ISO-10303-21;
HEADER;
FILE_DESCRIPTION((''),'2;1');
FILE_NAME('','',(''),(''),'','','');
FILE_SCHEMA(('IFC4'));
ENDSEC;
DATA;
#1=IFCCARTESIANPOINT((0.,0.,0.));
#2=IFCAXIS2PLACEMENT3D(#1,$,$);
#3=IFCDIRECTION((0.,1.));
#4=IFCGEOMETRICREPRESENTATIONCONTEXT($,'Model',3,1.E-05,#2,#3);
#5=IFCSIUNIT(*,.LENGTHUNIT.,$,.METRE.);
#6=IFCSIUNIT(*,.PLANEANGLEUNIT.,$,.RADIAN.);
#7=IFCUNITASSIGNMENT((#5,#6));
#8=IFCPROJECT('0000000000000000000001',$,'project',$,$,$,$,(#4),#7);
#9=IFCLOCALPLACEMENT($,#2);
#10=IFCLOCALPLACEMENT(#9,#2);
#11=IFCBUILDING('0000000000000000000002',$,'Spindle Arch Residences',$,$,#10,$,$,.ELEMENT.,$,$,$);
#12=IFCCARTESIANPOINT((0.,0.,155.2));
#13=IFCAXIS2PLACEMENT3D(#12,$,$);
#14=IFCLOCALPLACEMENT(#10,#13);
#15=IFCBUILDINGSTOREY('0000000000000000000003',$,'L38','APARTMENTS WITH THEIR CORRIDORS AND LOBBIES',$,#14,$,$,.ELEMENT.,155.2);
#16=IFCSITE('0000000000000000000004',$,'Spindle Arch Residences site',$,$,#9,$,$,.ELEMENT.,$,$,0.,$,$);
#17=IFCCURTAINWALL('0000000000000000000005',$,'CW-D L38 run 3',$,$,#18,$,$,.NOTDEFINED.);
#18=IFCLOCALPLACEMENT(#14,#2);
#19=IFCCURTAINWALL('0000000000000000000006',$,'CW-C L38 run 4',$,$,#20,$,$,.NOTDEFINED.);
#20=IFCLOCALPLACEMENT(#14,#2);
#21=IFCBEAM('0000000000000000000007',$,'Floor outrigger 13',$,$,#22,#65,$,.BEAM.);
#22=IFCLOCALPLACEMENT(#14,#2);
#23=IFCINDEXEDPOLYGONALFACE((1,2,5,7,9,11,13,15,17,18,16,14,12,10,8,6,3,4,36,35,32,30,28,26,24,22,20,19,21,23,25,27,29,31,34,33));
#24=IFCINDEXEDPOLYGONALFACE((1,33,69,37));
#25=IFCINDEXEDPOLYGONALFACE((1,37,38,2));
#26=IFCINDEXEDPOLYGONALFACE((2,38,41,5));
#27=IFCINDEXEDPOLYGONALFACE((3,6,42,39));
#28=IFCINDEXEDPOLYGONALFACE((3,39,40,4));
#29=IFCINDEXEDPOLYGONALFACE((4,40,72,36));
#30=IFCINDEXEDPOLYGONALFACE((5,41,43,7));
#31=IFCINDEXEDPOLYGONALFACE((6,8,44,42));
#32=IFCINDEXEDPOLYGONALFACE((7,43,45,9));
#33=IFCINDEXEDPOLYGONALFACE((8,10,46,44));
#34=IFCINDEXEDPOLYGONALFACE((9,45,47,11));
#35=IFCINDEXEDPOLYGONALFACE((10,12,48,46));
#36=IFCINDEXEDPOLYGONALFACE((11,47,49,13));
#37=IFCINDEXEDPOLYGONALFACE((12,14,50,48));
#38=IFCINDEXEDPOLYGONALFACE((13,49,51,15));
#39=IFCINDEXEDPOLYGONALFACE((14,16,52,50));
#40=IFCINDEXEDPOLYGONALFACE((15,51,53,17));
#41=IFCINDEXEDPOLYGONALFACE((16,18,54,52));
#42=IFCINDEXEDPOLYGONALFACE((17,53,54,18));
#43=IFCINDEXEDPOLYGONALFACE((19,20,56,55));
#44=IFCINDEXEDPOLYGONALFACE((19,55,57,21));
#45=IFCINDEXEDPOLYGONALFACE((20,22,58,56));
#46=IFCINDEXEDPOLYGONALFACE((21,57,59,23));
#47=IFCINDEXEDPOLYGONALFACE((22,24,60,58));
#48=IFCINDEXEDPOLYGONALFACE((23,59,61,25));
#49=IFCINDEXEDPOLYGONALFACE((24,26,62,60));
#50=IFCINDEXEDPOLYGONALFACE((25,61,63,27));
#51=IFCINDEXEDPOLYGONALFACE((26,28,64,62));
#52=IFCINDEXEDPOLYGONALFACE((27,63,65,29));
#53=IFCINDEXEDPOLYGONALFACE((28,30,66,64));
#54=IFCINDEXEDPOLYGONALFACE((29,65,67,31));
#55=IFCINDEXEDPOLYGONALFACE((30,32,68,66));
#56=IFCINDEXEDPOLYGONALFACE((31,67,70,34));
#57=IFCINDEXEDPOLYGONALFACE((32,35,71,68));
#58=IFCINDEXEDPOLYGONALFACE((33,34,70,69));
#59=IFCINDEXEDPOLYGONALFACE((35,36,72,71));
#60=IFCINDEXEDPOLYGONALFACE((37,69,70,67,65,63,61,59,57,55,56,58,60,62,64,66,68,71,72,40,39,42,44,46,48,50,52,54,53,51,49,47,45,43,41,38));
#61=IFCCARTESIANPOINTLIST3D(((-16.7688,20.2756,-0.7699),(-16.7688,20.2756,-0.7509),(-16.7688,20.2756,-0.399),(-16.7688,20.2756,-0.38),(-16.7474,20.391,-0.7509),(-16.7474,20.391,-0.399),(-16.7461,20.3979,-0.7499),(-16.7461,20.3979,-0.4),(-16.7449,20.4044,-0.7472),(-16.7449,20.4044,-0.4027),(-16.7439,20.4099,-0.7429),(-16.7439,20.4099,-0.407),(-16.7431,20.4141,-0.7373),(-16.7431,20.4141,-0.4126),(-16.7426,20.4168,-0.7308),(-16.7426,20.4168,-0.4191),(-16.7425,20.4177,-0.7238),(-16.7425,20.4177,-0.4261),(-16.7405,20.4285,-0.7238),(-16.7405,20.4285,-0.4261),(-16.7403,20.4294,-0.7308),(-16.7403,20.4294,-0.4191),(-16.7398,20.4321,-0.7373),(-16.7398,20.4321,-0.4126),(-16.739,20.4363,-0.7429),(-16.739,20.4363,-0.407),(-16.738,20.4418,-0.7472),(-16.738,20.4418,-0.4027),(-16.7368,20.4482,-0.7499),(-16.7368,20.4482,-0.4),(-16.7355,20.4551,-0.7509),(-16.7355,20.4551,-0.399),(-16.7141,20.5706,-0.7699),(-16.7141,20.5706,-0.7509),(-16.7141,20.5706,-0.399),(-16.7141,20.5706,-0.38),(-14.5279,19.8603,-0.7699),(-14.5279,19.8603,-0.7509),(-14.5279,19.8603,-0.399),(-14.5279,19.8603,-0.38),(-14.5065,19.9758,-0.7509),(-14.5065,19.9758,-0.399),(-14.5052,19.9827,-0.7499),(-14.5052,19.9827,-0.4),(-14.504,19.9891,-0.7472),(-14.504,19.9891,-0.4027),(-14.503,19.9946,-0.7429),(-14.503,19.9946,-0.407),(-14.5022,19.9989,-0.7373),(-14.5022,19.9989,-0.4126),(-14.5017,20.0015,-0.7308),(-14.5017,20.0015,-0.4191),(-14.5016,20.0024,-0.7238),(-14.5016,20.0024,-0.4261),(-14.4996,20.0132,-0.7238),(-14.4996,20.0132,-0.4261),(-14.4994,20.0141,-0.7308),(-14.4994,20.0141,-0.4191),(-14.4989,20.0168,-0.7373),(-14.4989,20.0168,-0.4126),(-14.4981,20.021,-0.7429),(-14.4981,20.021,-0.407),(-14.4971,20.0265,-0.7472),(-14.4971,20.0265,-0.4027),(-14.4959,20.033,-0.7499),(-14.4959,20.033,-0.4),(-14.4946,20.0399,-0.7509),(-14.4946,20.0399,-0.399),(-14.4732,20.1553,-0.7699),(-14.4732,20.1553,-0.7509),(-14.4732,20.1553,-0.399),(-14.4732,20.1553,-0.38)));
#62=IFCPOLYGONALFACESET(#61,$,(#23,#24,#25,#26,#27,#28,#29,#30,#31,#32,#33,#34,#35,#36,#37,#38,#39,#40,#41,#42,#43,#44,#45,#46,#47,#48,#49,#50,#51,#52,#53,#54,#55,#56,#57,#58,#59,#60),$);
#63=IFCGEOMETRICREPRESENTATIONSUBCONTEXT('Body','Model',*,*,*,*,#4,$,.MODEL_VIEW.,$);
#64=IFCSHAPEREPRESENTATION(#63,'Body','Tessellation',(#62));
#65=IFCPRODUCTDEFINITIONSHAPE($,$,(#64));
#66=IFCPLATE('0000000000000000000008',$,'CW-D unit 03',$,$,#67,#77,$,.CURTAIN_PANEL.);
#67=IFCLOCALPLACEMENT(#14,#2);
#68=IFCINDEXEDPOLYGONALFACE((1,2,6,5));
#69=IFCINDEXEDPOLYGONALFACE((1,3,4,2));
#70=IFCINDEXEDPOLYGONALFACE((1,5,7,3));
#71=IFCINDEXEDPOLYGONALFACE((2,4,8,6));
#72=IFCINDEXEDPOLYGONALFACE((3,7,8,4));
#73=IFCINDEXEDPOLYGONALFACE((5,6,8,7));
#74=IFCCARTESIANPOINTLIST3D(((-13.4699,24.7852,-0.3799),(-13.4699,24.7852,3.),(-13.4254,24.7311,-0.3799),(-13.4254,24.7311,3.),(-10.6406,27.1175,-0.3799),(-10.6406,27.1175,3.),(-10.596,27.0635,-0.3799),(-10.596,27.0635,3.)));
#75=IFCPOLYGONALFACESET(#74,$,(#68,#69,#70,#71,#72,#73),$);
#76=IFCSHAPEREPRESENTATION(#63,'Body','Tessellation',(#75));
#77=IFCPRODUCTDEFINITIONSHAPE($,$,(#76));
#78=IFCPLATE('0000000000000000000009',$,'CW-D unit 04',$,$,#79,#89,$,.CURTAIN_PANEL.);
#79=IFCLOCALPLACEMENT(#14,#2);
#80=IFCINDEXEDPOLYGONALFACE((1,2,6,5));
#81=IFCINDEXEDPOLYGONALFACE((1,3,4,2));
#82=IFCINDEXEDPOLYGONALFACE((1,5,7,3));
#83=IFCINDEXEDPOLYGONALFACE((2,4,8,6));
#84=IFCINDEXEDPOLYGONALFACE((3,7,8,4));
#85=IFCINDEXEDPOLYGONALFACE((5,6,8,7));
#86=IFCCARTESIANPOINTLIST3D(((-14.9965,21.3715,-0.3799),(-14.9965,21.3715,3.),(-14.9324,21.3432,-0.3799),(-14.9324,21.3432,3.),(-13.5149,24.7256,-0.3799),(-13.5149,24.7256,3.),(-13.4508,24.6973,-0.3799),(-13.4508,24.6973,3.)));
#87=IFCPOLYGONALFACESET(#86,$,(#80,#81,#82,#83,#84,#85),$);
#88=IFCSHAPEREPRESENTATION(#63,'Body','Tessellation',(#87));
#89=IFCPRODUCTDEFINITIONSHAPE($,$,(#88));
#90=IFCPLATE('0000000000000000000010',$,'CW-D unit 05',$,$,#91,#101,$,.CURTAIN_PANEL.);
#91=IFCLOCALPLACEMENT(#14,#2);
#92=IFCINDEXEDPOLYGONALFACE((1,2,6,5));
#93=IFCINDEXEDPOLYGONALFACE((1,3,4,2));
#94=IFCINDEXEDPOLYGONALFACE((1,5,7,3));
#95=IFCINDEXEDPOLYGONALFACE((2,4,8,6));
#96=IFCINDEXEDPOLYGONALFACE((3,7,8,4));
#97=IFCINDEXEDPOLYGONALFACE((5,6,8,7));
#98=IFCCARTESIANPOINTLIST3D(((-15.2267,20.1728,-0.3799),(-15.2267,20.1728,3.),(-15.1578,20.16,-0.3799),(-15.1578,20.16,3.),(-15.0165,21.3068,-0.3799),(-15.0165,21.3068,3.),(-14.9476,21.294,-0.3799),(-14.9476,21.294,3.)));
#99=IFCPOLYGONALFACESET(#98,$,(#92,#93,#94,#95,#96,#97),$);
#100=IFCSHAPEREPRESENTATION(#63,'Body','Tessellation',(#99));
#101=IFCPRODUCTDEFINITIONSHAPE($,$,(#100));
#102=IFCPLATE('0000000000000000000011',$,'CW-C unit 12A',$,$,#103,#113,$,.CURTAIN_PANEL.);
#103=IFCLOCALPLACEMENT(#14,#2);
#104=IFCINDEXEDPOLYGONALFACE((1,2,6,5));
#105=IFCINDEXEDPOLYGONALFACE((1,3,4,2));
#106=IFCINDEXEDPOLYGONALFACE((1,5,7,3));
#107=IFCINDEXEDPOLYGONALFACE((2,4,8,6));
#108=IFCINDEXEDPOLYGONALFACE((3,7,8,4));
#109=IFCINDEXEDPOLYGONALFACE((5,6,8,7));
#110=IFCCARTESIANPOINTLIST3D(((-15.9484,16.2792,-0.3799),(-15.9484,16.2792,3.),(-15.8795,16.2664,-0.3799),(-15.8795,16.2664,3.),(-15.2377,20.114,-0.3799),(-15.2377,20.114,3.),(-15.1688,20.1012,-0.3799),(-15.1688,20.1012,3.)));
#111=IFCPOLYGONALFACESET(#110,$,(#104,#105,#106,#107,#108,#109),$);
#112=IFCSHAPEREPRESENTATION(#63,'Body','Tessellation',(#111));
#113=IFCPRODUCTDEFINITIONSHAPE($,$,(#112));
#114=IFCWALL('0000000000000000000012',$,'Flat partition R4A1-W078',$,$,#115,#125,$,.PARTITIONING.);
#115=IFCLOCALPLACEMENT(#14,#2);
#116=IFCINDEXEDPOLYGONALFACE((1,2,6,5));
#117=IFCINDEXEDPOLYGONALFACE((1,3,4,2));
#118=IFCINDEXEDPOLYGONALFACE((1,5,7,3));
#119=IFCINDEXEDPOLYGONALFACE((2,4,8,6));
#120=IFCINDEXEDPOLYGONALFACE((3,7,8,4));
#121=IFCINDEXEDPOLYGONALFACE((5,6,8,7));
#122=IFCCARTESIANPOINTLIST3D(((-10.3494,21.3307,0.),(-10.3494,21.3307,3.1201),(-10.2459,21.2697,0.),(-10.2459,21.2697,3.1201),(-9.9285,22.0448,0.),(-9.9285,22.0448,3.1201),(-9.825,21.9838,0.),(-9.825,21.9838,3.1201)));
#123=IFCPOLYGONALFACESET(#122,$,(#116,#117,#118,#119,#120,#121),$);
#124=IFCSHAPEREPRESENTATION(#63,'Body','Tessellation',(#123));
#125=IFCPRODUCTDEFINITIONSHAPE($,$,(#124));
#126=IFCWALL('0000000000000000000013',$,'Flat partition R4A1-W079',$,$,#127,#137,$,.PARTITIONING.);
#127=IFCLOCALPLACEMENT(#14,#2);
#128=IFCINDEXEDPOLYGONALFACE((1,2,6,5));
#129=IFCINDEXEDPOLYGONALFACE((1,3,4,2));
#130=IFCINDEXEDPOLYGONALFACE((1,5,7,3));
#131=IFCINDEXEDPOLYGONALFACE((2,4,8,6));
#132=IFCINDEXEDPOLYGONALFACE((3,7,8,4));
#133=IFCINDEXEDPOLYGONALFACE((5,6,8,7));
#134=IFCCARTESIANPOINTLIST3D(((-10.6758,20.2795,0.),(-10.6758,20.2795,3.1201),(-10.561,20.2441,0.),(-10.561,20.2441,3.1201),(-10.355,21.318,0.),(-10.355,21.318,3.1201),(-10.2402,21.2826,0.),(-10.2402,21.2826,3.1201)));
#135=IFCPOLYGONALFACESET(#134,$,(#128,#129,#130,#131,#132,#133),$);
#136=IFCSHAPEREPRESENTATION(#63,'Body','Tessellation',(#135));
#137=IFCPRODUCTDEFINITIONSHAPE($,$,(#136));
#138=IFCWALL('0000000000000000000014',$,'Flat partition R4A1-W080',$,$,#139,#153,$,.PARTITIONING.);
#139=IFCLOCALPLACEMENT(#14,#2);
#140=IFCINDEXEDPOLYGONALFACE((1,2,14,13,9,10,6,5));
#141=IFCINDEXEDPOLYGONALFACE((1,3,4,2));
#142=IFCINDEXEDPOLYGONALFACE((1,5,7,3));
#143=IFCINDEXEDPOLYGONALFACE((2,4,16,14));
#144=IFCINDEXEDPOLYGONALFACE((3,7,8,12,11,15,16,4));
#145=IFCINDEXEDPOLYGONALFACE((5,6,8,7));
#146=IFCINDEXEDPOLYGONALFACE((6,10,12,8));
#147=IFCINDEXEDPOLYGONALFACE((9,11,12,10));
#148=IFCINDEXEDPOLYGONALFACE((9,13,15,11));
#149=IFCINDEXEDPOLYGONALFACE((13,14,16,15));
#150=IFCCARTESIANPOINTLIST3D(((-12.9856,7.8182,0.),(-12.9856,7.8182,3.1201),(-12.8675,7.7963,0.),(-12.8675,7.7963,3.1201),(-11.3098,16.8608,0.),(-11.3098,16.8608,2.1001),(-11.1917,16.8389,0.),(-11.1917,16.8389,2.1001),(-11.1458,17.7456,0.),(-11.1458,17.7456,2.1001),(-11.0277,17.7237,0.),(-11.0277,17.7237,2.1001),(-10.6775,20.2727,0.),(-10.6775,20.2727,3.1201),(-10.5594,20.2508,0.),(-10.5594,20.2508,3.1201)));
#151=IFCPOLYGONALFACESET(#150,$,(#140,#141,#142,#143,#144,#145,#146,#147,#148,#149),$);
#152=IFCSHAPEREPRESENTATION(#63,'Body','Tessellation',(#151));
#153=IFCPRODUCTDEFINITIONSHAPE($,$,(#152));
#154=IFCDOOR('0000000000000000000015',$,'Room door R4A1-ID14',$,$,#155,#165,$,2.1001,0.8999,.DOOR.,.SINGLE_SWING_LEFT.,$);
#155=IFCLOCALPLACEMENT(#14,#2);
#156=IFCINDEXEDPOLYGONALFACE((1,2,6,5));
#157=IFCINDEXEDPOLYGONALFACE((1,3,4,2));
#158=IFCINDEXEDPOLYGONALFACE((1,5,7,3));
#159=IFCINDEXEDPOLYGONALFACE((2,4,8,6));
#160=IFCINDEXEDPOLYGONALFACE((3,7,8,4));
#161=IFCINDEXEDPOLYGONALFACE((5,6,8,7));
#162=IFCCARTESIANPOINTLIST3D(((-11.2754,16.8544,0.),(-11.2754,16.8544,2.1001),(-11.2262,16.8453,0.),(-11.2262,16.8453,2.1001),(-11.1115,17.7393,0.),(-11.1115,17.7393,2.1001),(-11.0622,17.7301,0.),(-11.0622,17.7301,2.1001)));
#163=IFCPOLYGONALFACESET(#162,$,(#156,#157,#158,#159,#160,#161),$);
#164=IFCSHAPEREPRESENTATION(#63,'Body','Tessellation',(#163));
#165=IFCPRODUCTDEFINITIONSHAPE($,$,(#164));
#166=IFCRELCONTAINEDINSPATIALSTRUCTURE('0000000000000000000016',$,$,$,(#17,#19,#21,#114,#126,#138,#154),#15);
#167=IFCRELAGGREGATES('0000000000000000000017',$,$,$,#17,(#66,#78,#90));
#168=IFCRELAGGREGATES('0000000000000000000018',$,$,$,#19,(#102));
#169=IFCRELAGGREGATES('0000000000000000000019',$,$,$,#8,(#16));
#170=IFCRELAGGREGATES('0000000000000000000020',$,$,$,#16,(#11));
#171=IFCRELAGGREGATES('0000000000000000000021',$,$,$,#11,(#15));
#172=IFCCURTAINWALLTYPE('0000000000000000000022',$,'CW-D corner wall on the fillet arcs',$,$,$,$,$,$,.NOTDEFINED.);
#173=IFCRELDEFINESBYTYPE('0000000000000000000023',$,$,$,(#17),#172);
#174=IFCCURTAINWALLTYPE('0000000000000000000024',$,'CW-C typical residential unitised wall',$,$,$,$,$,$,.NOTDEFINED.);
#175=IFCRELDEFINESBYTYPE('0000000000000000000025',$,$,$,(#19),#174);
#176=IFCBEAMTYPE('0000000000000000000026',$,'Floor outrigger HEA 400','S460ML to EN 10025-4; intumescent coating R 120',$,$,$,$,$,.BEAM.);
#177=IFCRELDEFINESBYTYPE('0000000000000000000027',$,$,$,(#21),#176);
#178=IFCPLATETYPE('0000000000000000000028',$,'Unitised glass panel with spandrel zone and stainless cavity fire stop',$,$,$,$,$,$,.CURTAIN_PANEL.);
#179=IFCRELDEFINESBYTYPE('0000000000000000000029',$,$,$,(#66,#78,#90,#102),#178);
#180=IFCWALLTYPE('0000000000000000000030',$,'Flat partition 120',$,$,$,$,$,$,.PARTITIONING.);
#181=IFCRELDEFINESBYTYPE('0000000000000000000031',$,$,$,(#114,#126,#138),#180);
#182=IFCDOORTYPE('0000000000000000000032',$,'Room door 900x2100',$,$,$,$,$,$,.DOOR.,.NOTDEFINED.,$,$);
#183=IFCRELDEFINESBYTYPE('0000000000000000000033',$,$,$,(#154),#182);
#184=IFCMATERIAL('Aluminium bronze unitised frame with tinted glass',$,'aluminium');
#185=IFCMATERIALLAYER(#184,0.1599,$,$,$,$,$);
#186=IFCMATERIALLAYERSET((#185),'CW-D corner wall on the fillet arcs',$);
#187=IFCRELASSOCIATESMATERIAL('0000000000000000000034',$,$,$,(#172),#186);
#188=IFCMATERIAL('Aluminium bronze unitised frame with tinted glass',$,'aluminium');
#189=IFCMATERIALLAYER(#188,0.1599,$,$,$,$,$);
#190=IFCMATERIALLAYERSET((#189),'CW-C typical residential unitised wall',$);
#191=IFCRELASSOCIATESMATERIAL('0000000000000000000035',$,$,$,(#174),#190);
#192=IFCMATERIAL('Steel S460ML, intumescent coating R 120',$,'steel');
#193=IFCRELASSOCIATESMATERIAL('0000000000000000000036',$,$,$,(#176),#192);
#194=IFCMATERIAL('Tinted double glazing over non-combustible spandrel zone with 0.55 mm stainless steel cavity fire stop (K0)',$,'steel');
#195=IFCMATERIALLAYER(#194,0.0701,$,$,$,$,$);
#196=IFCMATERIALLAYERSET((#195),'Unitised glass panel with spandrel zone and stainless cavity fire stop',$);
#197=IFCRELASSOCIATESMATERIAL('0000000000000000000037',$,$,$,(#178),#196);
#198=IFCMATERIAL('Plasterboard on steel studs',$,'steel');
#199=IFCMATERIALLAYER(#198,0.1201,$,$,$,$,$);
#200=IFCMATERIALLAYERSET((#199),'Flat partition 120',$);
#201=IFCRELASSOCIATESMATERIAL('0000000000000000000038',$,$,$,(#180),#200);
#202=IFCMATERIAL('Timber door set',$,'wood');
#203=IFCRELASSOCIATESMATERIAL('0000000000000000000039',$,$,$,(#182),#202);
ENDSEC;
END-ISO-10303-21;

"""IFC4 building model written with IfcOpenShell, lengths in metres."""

from ifc_helpers import new_model, si_unit, direction, frame, frame_2d, origin, origin_2d, place, context, subcontext, project, spatial, rectangle, i_section, extrude, material, layer, layer_set, material_profile, profile_set, type_object, element, fill, aggregate, save


model = new_model("IFC4")

# Units and contexts
model_context = context("Model", 3, precision=1e-05, world=origin(), true_north=direction((0.0, 1.0)))
body_context = subcontext(model_context, "Body", "Model", "MODEL_VIEW")
ifc_project = project(units=[si_unit("LENGTHUNIT", "METRE"), si_unit("PLANEANGLEUNIT", "RADIAN")], contexts=[model_context])

# Site, building, storey
site_placement = place(None, origin())
site = spatial("IfcSite", under=ifc_project, at=site_placement, Name="Spindle Arch Residences site", CompositionType="ELEMENT", RefElevation=0.0)
building_placement = place(site_placement, origin())
building = spatial("IfcBuilding", under=site, at=building_placement, Name="Spindle Arch Residences", CompositionType="ELEMENT")
storey_placement = place(building_placement, frame((0.0, 0.0, 155.2)))
storey = spatial("IfcBuildingStorey", under=building, at=storey_placement, Name="L38", Description="APARTMENTS WITH THEIR CORRIDORS AND LOBBIES", CompositionType="ELEMENT", Elevation=155.2)

# Curtain wall
ifc_material_1 = material(Name="Aluminium bronze unitised frame with tinted glass", Category="aluminium")
ifc_layer_1 = layer(ifc_material_1, 0.1599)
ifc_layer_set_1 = layer_set([ifc_layer_1], Name="CW-D corner wall on the fillet arcs")
curtain_wall_type_1 = type_object("IfcCurtainWallType", Name="CW-D corner wall on the fillet arcs", PredefinedType="NOTDEFINED", material=ifc_layer_set_1)
curtain_wall_1_placement = place(storey_placement, origin())
curtain_wall_1 = element("IfcCurtainWall", 1, at=curtain_wall_1_placement, inside=storey, type_object=curtain_wall_type_1, Name="CW-D L38 run 3", PredefinedType="NOTDEFINED")

# Curtain wall
ifc_material_2 = material(Name="Aluminium bronze unitised frame with tinted glass", Category="aluminium")
ifc_layer_2 = layer(ifc_material_2, 0.1599)
ifc_layer_set_2 = layer_set([ifc_layer_2], Name="CW-C typical residential unitised wall")
curtain_wall_type_2 = type_object("IfcCurtainWallType", Name="CW-C typical residential unitised wall", PredefinedType="NOTDEFINED", material=ifc_layer_set_2)
curtain_wall_2_placement = place(storey_placement, origin())
curtain_wall_2 = element("IfcCurtainWall", 2, at=curtain_wall_2_placement, inside=storey, type_object=curtain_wall_type_2, Name="CW-C L38 run 4", PredefinedType="NOTDEFINED")

# Beam
ifc_material_3 = material(Name="Steel S460ML, intumescent coating R 120", Category="steel")
ifc_material_profile_1 = material_profile(ifc_material_3, i_section(OverallWidth=0.3, OverallDepth=0.3899, WebThickness=0.011, FlangeThickness=0.019, FilletRadius=0.0271, at=origin_2d()), Name="HEA 400")
ifc_profile_set_1 = profile_set([ifc_material_profile_1], Name="Steel S460ML, intumescent coating R 120")
beam_type_1 = type_object("IfcBeamType", Name="Floor outrigger HEA 400", Description="S460ML to EN 10025-4; intumescent coating R 120", PredefinedType="BEAM", material=ifc_profile_set_1)
beam_1_placement = place(storey_placement, frame((-16.7415, 20.4231, -0.575), z_axis=(0.983259, -0.182212, 0.0), x_axis=(0.182212, 0.983259, 0.0)))
element("IfcBeam", 3, at=beam_1_placement, inside=storey, type_object=beam_type_1, Name="Floor outrigger 13", PredefinedType="BEAM", context=body_context, shape_type="SweptSolid", body=[
    extrude(i_section(OverallWidth=0.3, OverallDepth=0.3899, WebThickness=0.011, FlangeThickness=0.019, FilletRadius=0.0271, at=origin_2d()), origin(), (0.0, 0.0, 1.0), 2.2791),
])

# Plates
ifc_material_4 = material(Name="Tinted double glazing over non-combustible spandrel zone with 0.55 mm stainless steel cavity fire stop (K0)", Category="steel")
ifc_layer_3 = layer(ifc_material_4, 0.0701)
ifc_layer_set_3 = layer_set([ifc_layer_3], Name="Unitised glass panel with spandrel zone and stainless cavity fire stop")
plate_type = type_object("IfcPlateType", Name="Unitised glass panel with spandrel zone and stainless cavity fire stop", PredefinedType="CURTAIN_PANEL", material=ifc_layer_set_3)
plate_1_placement = place(storey_placement, frame((-12.033, 25.9243, -0.3799), z_axis=(0.0, 0.0, 1.0), x_axis=(-0.771625, -0.636078, 0.0)))
plate_1 = element("IfcPlate", 4, at=plate_1_placement, type_object=plate_type, Name="CW-D unit 03", PredefinedType="CURTAIN_PANEL", context=body_context, shape_type="SweptSolid", body=[
    extrude(rectangle(XDim=3.6667, YDim=0.0701, at=origin_2d()), origin(), (0.0, 0.0, 1.0), 3.3799),
])
plate_2_placement = place(storey_placement, frame((-14.2236, 23.0344, -0.3799), z_axis=(0.0, 0.0, 1.0), x_axis=(-0.404078, -0.914725, 0.0)))
plate_2 = element("IfcPlate", 5, at=plate_2_placement, type_object=plate_type, Name="CW-D unit 04", PredefinedType="CURTAIN_PANEL", context=body_context, shape_type="SweptSolid", body=[
    extrude(rectangle(XDim=3.6667, YDim=0.0701, at=origin_2d()), origin(), (0.0, 0.0, 1.0), 3.3799),
])
plate_3_placement = place(storey_placement, frame((-15.0872, 20.7334, -0.3799), z_axis=(0.0, 0.0, 1.0), x_axis=(-0.182236, -0.983255, 0.0)))
plate_3 = element("IfcPlate", 6, at=plate_3_placement, type_object=plate_type, Name="CW-D unit 05", PredefinedType="CURTAIN_PANEL", context=body_context, shape_type="SweptSolid", body=[
    extrude(rectangle(XDim=1.1533, YDim=0.0701, at=origin_2d()), origin(), (0.0, 0.0, 1.0), 3.3799),
])
aggregate(curtain_wall_1, [plate_1, plate_2, plate_3])
plate_4_placement = place(storey_placement, frame((-15.5586, 18.1902, -0.3799), z_axis=(0.0, 0.0, 1.0), x_axis=(-0.182236, -0.983255, 0.0)))
plate_4 = element("IfcPlate", 7, at=plate_4_placement, type_object=plate_type, Name="CW-C unit 12A", PredefinedType="CURTAIN_PANEL", context=body_context, shape_type="SweptSolid", body=[
    extrude(rectangle(XDim=3.9001, YDim=0.0701, at=origin_2d()), origin(), (0.0, 0.0, 1.0), 3.3799),
])
aggregate(curtain_wall_2, [plate_4])

# Walls
ifc_material_5 = material(Name="Plasterboard on steel studs", Category="steel")
ifc_layer_4 = layer(ifc_material_5, 0.1201)
ifc_layer_set_4 = layer_set([ifc_layer_4], Name="Flat partition 120")
wall_type_1 = type_object("IfcWallType", Name="Flat partition 120", PredefinedType="PARTITIONING", material=ifc_layer_set_4)
wall_1_placement = place(storey_placement, frame((-9.8767, 22.0144, 0.0), z_axis=(0.0, 0.0, 1.0), x_axis=(-0.507766, -0.861495, 0.0)))
element("IfcWall", 8, at=wall_1_placement, inside=storey, type_object=wall_type_1, Name="Flat partition R4A1-W078", PredefinedType="PARTITIONING", context=body_context, shape_type="SweptSolid", body=[
    extrude(rectangle(XDim=0.8289, YDim=0.1201, at=frame_2d((0.4146, 0.0))), origin(), (0.0, 0.0, 1.0), 3.1201),
])
wall_2_placement = place(storey_placement, frame((-10.2976, 21.3003, 0.0), z_axis=(0.0, 0.0, 1.0), x_axis=(-0.295127, -0.955458, 0.0)))
element("IfcWall", 9, at=wall_2_placement, inside=storey, type_object=wall_type_1, Name="Flat partition R4A1-W079", PredefinedType="PARTITIONING", context=body_context, shape_type="SweptSolid", body=[
    extrude(rectangle(XDim=1.0869, YDim=0.1201, at=frame_2d((0.5435, 0.0))), origin(), (0.0, 0.0, 1.0), 3.1201),
])

# Wall, opening, door
wall_3_placement = place(storey_placement, frame((-10.6184, 20.2617, 0.0), z_axis=(0.0, 0.0, 1.0), x_axis=(-0.182222, -0.983257, 0.0)))
wall_3 = element("IfcWall", 10, at=wall_3_placement, inside=storey, type_object=wall_type_1, Name="Flat partition R4A1-W080", PredefinedType="PARTITIONING", context=body_context, shape_type="SweptSolid", body=[
    extrude(rectangle(XDim=12.6665, YDim=0.1201, at=frame_2d((6.3333, 0.0))), origin(), (0.0, 0.0, 1.0), 3.1201),
])
opening_1_placement = place(wall_3_placement, frame((2.5701, 0.0, 0.0)))
opening_1 = element("IfcOpeningElement", 11, at=opening_1_placement, cuts=wall_3, PredefinedType="OPENING", context=body_context, shape_type="SweptSolid", body=[
    extrude(rectangle(XDim=0.8999, YDim=2.1001, at=frame_2d((0.45, 1.05))), frame((0.0, 0.0701, 0.0), z_axis=(0.0, -1.0, 0.0), x_axis=(1.0, 0.0, 0.0)), (0.0, 0.0, 1.0), 0.1401),
])
ifc_material_6 = material(Name="Timber door set", Category="wood")
door_type = type_object("IfcDoorType", Name="Room door 900x2100", OperationType="NOTDEFINED", PredefinedType="DOOR", material=ifc_material_6)
door_1_placement = place(opening_1_placement, origin())
door_1 = element("IfcDoor", 12, at=door_1_placement, inside=storey, type_object=door_type, Name="Room door R4A1-ID14", OperationType="SINGLE_SWING_LEFT", OverallHeight=2.1001, OverallWidth=0.8999, PredefinedType="DOOR", context=body_context, shape_type="SweptSolid", body=[
    extrude(rectangle(XDim=0.8999, YDim=2.1001, at=frame_2d((0.45, 1.05))), frame((0.0, 0.0249, 0.0), z_axis=(0.0, -1.0, 0.0), x_axis=(1.0, 0.0, 0.0)), (0.0, 0.0, 1.0), 0.05),
])
fill(opening_1, door_1)

save(model, "model.ifc")
